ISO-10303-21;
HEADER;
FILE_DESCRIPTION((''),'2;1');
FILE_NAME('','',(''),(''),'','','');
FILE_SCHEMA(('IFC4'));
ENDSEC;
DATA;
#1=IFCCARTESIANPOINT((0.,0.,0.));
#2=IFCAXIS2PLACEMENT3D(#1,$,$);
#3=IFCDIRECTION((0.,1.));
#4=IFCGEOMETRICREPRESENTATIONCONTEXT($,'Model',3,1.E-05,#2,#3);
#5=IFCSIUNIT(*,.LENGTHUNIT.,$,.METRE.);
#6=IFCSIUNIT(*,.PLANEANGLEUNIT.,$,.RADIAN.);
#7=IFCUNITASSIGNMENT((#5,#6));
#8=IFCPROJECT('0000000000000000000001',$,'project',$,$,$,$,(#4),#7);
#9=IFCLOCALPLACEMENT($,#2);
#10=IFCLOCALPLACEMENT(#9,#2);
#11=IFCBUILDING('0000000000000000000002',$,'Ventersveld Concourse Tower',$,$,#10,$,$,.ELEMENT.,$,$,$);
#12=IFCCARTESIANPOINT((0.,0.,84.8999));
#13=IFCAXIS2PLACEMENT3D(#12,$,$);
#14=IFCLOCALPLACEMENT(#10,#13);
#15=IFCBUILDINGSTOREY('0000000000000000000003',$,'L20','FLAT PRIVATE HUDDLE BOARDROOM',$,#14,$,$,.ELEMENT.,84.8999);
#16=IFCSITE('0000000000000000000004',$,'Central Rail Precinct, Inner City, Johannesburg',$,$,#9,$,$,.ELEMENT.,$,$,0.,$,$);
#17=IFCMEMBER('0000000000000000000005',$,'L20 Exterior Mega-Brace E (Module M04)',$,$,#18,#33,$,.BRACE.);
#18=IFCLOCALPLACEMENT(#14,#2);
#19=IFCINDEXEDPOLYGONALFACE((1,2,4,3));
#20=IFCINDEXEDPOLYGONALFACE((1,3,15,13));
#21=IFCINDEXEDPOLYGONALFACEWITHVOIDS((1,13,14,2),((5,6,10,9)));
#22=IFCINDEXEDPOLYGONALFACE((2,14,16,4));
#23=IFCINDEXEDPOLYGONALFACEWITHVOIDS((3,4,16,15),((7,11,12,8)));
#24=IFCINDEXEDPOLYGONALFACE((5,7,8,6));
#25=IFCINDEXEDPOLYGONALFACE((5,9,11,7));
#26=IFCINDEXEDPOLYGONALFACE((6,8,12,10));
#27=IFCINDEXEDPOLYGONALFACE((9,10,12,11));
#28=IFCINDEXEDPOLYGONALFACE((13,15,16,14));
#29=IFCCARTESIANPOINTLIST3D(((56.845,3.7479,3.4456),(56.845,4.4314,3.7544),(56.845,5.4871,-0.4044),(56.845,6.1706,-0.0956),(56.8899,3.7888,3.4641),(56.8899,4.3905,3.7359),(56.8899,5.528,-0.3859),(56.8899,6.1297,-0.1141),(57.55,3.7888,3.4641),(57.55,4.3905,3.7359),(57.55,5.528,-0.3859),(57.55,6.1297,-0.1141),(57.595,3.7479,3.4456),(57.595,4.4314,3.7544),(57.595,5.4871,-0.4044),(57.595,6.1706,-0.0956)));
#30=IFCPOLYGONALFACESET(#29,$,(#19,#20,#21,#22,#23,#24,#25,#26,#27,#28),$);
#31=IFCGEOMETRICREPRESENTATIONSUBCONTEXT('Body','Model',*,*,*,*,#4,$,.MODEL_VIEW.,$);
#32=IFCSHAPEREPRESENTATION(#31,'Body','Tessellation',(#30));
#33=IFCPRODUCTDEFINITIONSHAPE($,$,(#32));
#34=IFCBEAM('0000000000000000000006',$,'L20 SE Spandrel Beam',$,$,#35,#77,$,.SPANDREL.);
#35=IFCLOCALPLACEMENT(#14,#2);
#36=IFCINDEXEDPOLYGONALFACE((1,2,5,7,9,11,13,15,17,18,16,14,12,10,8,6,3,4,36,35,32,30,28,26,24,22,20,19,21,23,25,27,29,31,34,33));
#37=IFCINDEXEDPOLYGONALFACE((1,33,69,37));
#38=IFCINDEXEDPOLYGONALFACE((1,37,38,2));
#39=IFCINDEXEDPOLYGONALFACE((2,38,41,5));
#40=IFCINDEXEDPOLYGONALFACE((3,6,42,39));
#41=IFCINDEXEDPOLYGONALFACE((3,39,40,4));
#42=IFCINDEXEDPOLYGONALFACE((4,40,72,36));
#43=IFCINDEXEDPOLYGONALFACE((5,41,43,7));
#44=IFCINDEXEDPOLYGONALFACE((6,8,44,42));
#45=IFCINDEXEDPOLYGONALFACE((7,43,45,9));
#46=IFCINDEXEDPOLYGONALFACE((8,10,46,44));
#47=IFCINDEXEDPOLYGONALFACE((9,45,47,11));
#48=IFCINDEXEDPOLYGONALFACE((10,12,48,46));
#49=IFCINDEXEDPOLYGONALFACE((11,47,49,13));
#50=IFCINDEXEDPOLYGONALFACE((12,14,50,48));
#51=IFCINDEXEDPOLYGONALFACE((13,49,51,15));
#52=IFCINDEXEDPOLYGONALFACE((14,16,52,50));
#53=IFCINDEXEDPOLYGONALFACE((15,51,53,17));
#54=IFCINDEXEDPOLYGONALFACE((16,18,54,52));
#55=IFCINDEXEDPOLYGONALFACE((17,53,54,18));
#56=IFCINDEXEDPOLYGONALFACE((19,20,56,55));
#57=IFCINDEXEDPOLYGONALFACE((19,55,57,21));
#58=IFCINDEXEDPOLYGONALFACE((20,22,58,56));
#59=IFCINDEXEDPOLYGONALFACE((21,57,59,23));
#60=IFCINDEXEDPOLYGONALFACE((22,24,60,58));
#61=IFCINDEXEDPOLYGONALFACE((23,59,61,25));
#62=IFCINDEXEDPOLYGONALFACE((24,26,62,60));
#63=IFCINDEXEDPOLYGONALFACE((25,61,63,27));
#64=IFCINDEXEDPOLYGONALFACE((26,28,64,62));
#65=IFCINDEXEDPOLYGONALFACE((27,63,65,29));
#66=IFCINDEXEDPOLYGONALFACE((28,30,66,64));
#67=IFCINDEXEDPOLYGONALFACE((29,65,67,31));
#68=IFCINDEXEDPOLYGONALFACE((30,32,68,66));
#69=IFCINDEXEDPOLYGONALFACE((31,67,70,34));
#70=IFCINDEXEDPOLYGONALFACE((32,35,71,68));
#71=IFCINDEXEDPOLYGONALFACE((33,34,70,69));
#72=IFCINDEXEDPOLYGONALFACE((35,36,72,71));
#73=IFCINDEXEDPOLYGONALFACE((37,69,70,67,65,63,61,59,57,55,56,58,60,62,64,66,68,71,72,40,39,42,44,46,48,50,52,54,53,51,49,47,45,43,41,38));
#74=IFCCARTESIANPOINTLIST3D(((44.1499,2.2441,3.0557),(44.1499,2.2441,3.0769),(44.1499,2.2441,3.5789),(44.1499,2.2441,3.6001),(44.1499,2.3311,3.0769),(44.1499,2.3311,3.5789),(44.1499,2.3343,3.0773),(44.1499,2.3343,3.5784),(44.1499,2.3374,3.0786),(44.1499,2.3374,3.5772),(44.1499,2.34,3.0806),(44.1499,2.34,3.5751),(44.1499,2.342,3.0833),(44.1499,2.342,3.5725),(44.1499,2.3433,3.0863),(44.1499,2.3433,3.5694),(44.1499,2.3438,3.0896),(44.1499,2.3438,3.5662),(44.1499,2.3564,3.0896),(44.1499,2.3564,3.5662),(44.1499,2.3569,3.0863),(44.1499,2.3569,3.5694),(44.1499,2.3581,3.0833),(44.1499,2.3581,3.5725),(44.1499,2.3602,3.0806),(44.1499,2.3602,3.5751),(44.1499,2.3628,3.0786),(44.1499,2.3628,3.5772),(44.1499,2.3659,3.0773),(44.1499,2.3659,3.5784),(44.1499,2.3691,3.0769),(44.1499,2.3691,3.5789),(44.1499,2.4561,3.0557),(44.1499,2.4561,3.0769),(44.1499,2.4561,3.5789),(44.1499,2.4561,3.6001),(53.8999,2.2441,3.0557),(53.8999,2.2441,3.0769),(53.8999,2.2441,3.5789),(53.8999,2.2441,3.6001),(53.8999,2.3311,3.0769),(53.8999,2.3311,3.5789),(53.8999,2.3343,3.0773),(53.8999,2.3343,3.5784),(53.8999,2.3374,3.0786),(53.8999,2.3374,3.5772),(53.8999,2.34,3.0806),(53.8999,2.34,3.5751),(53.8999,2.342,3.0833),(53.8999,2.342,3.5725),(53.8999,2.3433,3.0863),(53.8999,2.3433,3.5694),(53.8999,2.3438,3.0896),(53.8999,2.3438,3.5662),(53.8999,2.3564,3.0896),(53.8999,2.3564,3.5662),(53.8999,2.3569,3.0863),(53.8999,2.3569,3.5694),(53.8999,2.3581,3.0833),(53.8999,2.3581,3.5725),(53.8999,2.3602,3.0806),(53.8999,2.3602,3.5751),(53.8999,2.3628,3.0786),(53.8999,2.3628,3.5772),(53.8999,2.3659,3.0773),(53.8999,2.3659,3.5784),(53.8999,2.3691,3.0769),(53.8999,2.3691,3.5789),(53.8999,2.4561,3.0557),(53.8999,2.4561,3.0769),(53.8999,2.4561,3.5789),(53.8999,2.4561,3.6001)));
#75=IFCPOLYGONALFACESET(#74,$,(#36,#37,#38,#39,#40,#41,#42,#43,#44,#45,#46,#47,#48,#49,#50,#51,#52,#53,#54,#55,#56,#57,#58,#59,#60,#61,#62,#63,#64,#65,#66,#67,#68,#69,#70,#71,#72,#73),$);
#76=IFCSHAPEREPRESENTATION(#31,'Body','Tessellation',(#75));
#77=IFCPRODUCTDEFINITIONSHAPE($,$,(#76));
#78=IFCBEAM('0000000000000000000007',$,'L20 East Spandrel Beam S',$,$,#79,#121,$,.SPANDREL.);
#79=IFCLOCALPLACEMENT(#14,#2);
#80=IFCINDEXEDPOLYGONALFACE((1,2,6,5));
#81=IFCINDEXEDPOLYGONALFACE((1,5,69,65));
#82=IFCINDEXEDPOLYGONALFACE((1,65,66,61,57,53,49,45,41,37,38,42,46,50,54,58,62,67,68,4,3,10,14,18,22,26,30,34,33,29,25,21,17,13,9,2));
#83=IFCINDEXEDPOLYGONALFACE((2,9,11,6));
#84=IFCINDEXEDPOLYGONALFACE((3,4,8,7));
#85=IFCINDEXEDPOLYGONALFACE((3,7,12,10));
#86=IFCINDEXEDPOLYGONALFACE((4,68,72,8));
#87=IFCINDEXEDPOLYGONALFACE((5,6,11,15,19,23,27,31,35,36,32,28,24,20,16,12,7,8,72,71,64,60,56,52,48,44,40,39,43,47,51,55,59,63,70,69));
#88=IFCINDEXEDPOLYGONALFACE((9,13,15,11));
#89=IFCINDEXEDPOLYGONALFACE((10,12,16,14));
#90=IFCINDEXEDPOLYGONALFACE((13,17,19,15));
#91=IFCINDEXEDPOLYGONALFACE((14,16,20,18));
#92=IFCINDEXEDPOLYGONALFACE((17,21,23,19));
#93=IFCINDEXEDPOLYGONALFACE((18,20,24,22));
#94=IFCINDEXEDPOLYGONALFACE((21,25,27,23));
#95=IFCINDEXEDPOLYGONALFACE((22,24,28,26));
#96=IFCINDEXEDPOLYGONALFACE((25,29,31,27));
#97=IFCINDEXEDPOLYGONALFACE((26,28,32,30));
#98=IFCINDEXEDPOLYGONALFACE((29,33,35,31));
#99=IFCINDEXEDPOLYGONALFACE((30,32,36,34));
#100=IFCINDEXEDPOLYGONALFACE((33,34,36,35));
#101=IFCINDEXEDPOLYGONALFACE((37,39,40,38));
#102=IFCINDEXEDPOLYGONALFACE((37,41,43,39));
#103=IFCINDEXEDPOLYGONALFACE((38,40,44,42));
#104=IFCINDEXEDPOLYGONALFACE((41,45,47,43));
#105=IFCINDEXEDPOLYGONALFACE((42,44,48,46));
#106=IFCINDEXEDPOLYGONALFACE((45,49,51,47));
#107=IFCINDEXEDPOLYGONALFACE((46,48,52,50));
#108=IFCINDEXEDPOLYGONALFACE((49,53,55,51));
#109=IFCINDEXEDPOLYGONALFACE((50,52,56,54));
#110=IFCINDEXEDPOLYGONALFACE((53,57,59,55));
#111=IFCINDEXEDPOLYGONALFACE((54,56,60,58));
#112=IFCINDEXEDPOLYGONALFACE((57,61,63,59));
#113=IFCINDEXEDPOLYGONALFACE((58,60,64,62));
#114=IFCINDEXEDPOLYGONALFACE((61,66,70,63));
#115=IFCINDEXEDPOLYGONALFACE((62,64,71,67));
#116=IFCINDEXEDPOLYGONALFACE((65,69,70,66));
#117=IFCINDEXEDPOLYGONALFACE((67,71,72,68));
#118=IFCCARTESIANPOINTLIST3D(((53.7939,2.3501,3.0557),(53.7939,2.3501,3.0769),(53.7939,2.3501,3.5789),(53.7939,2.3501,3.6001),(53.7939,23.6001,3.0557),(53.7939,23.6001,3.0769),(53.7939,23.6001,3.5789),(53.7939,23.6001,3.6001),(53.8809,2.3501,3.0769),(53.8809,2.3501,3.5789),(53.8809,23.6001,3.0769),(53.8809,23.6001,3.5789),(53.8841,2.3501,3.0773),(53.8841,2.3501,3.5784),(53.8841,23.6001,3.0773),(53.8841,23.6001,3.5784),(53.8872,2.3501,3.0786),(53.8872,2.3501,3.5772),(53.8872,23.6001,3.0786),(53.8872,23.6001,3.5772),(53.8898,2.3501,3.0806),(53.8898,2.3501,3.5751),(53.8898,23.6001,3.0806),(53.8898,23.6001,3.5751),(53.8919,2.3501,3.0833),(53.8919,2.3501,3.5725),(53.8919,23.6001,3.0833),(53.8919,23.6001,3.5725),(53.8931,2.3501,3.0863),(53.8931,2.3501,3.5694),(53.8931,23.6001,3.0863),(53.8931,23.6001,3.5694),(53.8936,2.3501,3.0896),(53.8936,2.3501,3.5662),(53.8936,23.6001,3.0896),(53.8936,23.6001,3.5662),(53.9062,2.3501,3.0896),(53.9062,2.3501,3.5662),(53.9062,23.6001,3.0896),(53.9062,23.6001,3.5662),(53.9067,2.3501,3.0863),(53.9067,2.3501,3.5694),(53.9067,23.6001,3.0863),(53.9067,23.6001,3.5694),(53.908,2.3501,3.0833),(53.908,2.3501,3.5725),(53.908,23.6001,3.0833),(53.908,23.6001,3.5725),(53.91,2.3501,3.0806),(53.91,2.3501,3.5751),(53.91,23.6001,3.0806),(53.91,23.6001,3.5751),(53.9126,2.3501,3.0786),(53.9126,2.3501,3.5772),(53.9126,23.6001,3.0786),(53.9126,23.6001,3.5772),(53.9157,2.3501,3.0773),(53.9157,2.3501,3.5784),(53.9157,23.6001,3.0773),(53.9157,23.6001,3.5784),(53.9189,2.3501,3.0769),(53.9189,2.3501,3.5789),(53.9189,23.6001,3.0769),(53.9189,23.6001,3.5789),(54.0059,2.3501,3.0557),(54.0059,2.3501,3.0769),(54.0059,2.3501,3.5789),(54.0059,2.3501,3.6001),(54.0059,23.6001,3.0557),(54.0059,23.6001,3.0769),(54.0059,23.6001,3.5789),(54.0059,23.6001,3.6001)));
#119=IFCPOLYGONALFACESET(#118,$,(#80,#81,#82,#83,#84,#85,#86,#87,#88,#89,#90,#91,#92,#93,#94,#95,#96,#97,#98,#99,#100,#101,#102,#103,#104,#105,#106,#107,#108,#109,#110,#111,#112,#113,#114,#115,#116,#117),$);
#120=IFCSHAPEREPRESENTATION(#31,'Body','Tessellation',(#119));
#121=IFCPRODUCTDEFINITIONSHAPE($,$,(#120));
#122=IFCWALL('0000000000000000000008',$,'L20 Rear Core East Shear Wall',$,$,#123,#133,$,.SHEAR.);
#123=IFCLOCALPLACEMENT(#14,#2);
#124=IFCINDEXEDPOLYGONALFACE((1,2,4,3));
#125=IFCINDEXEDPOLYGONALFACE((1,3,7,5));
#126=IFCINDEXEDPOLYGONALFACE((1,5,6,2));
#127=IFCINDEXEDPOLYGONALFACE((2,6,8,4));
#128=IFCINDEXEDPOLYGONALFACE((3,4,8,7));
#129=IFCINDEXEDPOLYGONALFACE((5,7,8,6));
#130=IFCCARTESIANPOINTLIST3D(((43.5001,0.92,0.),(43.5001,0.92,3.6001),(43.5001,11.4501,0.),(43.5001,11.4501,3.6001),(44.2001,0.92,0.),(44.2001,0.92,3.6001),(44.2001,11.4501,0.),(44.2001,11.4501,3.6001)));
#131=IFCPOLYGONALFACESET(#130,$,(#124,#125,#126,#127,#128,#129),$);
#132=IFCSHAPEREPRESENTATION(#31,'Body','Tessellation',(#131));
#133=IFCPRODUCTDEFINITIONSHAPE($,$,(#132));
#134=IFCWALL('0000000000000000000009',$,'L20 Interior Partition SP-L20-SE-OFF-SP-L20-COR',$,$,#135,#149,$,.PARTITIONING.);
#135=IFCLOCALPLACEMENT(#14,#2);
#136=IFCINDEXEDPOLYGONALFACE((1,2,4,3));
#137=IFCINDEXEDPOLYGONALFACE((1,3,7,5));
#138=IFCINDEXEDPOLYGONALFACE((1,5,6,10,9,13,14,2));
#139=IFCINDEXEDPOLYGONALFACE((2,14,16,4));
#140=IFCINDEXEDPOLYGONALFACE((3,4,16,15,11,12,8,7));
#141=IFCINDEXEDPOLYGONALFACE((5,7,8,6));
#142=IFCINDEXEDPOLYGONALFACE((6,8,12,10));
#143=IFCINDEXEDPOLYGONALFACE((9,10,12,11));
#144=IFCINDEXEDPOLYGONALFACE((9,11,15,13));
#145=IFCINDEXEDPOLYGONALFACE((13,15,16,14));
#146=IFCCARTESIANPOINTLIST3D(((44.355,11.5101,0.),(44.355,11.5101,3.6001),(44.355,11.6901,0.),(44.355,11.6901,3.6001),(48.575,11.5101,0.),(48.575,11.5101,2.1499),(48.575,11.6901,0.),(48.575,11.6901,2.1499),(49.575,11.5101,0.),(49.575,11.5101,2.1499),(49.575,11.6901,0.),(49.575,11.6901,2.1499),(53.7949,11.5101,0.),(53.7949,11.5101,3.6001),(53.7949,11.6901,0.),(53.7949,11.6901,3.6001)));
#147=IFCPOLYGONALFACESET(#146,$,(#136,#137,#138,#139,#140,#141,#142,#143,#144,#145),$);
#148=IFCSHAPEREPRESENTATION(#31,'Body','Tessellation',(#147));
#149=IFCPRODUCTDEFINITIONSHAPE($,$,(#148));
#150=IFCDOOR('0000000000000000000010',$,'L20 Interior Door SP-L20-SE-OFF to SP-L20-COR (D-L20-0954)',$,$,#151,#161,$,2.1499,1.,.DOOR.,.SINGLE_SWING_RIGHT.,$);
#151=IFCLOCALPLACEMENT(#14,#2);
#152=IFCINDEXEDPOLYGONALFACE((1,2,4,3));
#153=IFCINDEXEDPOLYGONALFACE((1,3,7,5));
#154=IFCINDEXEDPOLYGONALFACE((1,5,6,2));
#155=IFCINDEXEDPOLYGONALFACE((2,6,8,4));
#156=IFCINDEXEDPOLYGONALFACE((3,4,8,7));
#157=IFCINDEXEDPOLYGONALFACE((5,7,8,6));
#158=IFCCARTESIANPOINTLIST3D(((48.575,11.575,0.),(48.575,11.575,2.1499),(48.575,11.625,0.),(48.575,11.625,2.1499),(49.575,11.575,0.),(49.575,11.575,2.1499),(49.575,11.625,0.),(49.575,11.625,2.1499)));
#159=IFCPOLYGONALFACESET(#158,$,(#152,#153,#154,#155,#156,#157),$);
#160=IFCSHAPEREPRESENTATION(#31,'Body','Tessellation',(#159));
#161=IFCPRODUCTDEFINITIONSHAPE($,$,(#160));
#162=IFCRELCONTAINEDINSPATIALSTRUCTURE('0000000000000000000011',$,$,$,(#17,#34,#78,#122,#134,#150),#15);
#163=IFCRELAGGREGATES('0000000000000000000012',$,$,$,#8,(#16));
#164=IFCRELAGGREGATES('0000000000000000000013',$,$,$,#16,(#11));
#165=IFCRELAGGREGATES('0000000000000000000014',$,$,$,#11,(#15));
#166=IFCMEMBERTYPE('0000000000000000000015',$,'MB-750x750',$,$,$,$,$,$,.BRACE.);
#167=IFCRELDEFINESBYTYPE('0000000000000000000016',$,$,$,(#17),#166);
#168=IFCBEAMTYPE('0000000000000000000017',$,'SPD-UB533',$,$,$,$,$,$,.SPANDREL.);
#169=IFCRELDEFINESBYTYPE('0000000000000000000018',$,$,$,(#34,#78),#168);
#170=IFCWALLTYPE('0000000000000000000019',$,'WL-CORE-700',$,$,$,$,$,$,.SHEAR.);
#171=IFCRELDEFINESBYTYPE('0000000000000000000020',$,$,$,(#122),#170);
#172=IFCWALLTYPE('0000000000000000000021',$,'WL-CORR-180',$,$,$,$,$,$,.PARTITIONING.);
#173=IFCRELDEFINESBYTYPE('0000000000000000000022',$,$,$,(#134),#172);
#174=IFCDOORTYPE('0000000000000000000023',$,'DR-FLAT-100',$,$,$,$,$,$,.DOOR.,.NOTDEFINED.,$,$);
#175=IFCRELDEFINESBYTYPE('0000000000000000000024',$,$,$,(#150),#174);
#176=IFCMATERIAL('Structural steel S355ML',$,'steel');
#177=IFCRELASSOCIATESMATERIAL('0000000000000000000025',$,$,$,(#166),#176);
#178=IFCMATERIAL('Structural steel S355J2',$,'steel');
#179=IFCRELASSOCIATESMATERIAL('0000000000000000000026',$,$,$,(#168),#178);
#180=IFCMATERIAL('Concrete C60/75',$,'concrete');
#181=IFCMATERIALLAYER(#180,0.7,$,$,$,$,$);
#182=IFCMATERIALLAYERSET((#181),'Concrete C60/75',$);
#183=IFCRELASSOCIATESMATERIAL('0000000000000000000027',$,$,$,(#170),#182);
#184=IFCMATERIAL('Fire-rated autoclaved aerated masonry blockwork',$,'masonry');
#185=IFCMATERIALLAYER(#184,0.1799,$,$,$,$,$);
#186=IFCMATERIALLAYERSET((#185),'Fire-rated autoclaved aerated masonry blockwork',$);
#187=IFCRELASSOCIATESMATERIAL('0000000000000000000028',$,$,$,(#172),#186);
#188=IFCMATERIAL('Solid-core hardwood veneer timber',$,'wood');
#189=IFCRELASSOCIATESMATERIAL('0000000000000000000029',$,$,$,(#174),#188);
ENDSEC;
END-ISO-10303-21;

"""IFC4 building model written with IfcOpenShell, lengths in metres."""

from ifc_helpers import new_model, si_unit, direction, frame, frame_2d, origin, origin_2d, place, context, subcontext, project, spatial, rectangle, hollow_rectangle, i_section, extrude, material, layer, layer_set, material_profile, profile_set, type_object, element, fill, save


model = new_model("IFC4")

# Units and contexts
model_context = context("Model", 3, precision=1e-05, world=origin(), true_north=direction((0.0, 1.0)))
body_context = subcontext(model_context, "Body", "Model", "MODEL_VIEW")
ifc_project = project(units=[si_unit("LENGTHUNIT", "METRE"), si_unit("PLANEANGLEUNIT", "RADIAN")], contexts=[model_context])

# Site, building, storey
site_placement = place(None, origin())
site = spatial("IfcSite", under=ifc_project, at=site_placement, Name="Central Rail Precinct, Inner City, Johannesburg", CompositionType="ELEMENT", RefElevation=0.0)
building_placement = place(site_placement, origin())
building = spatial("IfcBuilding", under=site, at=building_placement, Name="Ventersveld Concourse Tower", CompositionType="ELEMENT")
storey_placement = place(building_placement, frame((0.0, 0.0, 84.8999)))
storey = spatial("IfcBuildingStorey", under=building, at=storey_placement, Name="L20", Description="FLAT PRIVATE HUDDLE BOARDROOM", CompositionType="ELEMENT", Elevation=84.8999)

# Shared definitions
ifc_material_1 = material(Name="Structural steel S355J2", Category="steel")

# Member
ifc_material_2 = material(Name="Structural steel S355ML", Category="steel")
ifc_material_profile_1 = material_profile(ifc_material_2, hollow_rectangle(XDim=0.75, YDim=0.75, WallThickness=0.0449, at=origin_2d()), Name="BOX 750x750x45")
ifc_profile_set_1 = profile_set([ifc_material_profile_1], Name="Structural steel S355ML")
member_type = type_object("IfcMemberType", Name="MB-750x750", PredefinedType="BRACE", material=ifc_profile_set_1)
member_placement = place(storey_placement, frame((57.22, 5.8289, -0.25), z_axis=(0.0, -0.411686, 0.911326), x_axis=(1.0, 0.0, 0.0)))
element("IfcMember", 1, at=member_placement, inside=storey, type_object=member_type, Name="L20 Exterior Mega-Brace E (Module M04)", PredefinedType="BRACE", context=body_context, shape_type="SweptSolid", body=[
    extrude(hollow_rectangle(XDim=0.75, YDim=0.75, WallThickness=0.0449, at=origin_2d()), origin(), (0.0, 0.0, 1.0), 4.2246),
])

# Beams
ifc_material_profile_2 = material_profile(ifc_material_1, i_section(OverallWidth=0.2119, OverallDepth=0.5444, WebThickness=0.0127, FlangeThickness=0.0212, FilletRadius=0.0127, at=origin_2d()), Name="UB 533x210x122")
ifc_profile_set_2 = profile_set([ifc_material_profile_2], Name="Structural steel S355J2")
beam_type_1 = type_object("IfcBeamType", Name="SPD-UB533", PredefinedType="SPANDREL", material=ifc_profile_set_2)
beam_1_placement = place(storey_placement, frame((44.1499, 2.3501, 3.3279), z_axis=(1.0, 0.0, 0.0), x_axis=(0.0, 1.0, 0.0)))
element("IfcBeam", 2, at=beam_1_placement, inside=storey, type_object=beam_type_1, Name="L20 SE Spandrel Beam", PredefinedType="SPANDREL", context=body_context, shape_type="SweptSolid", body=[
    extrude(i_section(OverallWidth=0.2119, OverallDepth=0.5444, WebThickness=0.0127, FlangeThickness=0.0212, FilletRadius=0.0127, at=origin_2d()), origin(), (0.0, 0.0, 1.0), 9.75),
])
beam_2_placement = place(storey_placement, frame((53.8999, 2.3501, 3.3279), z_axis=(0.0, 1.0, 0.0), x_axis=(-1.0, 0.0, 0.0)))
element("IfcBeam", 3, at=beam_2_placement, inside=storey, type_object=beam_type_1, Name="L20 East Spandrel Beam S", PredefinedType="SPANDREL", context=body_context, shape_type="SweptSolid", body=[
    extrude(i_section(OverallWidth=0.2119, OverallDepth=0.5444, WebThickness=0.0127, FlangeThickness=0.0212, FilletRadius=0.0127, at=origin_2d()), origin(), (0.0, 0.0, 1.0), 21.25),
])

# Wall
ifc_material_3 = material(Name="Concrete C60/75", Category="concrete")
ifc_layer_1 = layer(ifc_material_3, 0.7)
ifc_layer_set_1 = layer_set([ifc_layer_1], Name="Concrete C60/75")
wall_type_1 = type_object("IfcWallType", Name="WL-CORE-700", PredefinedType="SHEAR", material=ifc_layer_set_1)
wall_1_placement = place(storey_placement, frame((43.8501, 0.9199, 0.0), z_axis=(0.0, 0.0, 1.0), x_axis=(0.0, 1.0, 0.0)))
element("IfcWall", 4, at=wall_1_placement, inside=storey, type_object=wall_type_1, Name="L20 Rear Core East Shear Wall", PredefinedType="SHEAR", context=body_context, shape_type="SweptSolid", body=[
    extrude(rectangle(XDim=10.53, YDim=0.7, at=frame_2d((5.2651, 0.0))), origin(), (0.0, 0.0, 1.0), 3.6001),
])

# Wall, opening, door
ifc_material_4 = material(Name="Fire-rated autoclaved aerated masonry blockwork", Category="masonry")
ifc_layer_2 = layer(ifc_material_4, 0.1799)
ifc_layer_set_2 = layer_set([ifc_layer_2], Name="Fire-rated autoclaved aerated masonry blockwork")
wall_type_2 = type_object("IfcWallType", Name="WL-CORR-180", PredefinedType="PARTITIONING", material=ifc_layer_set_2)
wall_2_placement = place(storey_placement, frame((44.355, 11.6001, 0.0), z_axis=(0.0, 0.0, 1.0), x_axis=(1.0, 0.0, 0.0)))
wall_2 = element("IfcWall", 5, at=wall_2_placement, inside=storey, type_object=wall_type_2, Name="L20 Interior Partition SP-L20-SE-OFF-SP-L20-COR", PredefinedType="PARTITIONING", context=body_context, shape_type="SweptSolid", body=[
    extrude(rectangle(XDim=9.4399, YDim=0.1799, at=frame_2d((4.72, 0.0))), origin(), (0.0, 0.0, 1.0), 3.6001),
])
opening_1_placement = place(wall_2_placement, frame((4.22, 0.0, 0.0)))
opening_1 = element("IfcOpeningElement", 6, at=opening_1_placement, cuts=wall_2, PredefinedType="OPENING", context=body_context, shape_type="SweptSolid", body=[
    extrude(rectangle(XDim=1.0, YDim=2.1499, at=frame_2d((0.5, 1.075))), frame((0.0, 0.1001, 0.0), z_axis=(0.0, -1.0, 0.0), x_axis=(1.0, 0.0, 0.0)), (0.0, 0.0, 1.0), 0.2),
])
ifc_material_5 = material(Name="Solid-core hardwood veneer timber", Category="wood")
door_type = type_object("IfcDoorType", Name="DR-FLAT-100", OperationType="NOTDEFINED", PredefinedType="DOOR", material=ifc_material_5)
door_1_placement = place(opening_1_placement, origin())
door_1 = element("IfcDoor", 7, at=door_1_placement, inside=storey, type_object=door_type, Name="L20 Interior Door SP-L20-SE-OFF to SP-L20-COR (D-L20-0954)", OperationType="SINGLE_SWING_RIGHT", OverallHeight=2.1499, OverallWidth=1.0, PredefinedType="DOOR", context=body_context, shape_type="SweptSolid", body=[
    extrude(rectangle(XDim=1.0, YDim=2.1499, at=frame_2d((0.5, 1.075))), frame((0.0, 0.0249, 0.0), z_axis=(0.0, -1.0, 0.0), x_axis=(1.0, 0.0, 0.0)), (0.0, 0.0, 1.0), 0.05),
])
fill(opening_1, door_1)

save(model, "model.ifc")
